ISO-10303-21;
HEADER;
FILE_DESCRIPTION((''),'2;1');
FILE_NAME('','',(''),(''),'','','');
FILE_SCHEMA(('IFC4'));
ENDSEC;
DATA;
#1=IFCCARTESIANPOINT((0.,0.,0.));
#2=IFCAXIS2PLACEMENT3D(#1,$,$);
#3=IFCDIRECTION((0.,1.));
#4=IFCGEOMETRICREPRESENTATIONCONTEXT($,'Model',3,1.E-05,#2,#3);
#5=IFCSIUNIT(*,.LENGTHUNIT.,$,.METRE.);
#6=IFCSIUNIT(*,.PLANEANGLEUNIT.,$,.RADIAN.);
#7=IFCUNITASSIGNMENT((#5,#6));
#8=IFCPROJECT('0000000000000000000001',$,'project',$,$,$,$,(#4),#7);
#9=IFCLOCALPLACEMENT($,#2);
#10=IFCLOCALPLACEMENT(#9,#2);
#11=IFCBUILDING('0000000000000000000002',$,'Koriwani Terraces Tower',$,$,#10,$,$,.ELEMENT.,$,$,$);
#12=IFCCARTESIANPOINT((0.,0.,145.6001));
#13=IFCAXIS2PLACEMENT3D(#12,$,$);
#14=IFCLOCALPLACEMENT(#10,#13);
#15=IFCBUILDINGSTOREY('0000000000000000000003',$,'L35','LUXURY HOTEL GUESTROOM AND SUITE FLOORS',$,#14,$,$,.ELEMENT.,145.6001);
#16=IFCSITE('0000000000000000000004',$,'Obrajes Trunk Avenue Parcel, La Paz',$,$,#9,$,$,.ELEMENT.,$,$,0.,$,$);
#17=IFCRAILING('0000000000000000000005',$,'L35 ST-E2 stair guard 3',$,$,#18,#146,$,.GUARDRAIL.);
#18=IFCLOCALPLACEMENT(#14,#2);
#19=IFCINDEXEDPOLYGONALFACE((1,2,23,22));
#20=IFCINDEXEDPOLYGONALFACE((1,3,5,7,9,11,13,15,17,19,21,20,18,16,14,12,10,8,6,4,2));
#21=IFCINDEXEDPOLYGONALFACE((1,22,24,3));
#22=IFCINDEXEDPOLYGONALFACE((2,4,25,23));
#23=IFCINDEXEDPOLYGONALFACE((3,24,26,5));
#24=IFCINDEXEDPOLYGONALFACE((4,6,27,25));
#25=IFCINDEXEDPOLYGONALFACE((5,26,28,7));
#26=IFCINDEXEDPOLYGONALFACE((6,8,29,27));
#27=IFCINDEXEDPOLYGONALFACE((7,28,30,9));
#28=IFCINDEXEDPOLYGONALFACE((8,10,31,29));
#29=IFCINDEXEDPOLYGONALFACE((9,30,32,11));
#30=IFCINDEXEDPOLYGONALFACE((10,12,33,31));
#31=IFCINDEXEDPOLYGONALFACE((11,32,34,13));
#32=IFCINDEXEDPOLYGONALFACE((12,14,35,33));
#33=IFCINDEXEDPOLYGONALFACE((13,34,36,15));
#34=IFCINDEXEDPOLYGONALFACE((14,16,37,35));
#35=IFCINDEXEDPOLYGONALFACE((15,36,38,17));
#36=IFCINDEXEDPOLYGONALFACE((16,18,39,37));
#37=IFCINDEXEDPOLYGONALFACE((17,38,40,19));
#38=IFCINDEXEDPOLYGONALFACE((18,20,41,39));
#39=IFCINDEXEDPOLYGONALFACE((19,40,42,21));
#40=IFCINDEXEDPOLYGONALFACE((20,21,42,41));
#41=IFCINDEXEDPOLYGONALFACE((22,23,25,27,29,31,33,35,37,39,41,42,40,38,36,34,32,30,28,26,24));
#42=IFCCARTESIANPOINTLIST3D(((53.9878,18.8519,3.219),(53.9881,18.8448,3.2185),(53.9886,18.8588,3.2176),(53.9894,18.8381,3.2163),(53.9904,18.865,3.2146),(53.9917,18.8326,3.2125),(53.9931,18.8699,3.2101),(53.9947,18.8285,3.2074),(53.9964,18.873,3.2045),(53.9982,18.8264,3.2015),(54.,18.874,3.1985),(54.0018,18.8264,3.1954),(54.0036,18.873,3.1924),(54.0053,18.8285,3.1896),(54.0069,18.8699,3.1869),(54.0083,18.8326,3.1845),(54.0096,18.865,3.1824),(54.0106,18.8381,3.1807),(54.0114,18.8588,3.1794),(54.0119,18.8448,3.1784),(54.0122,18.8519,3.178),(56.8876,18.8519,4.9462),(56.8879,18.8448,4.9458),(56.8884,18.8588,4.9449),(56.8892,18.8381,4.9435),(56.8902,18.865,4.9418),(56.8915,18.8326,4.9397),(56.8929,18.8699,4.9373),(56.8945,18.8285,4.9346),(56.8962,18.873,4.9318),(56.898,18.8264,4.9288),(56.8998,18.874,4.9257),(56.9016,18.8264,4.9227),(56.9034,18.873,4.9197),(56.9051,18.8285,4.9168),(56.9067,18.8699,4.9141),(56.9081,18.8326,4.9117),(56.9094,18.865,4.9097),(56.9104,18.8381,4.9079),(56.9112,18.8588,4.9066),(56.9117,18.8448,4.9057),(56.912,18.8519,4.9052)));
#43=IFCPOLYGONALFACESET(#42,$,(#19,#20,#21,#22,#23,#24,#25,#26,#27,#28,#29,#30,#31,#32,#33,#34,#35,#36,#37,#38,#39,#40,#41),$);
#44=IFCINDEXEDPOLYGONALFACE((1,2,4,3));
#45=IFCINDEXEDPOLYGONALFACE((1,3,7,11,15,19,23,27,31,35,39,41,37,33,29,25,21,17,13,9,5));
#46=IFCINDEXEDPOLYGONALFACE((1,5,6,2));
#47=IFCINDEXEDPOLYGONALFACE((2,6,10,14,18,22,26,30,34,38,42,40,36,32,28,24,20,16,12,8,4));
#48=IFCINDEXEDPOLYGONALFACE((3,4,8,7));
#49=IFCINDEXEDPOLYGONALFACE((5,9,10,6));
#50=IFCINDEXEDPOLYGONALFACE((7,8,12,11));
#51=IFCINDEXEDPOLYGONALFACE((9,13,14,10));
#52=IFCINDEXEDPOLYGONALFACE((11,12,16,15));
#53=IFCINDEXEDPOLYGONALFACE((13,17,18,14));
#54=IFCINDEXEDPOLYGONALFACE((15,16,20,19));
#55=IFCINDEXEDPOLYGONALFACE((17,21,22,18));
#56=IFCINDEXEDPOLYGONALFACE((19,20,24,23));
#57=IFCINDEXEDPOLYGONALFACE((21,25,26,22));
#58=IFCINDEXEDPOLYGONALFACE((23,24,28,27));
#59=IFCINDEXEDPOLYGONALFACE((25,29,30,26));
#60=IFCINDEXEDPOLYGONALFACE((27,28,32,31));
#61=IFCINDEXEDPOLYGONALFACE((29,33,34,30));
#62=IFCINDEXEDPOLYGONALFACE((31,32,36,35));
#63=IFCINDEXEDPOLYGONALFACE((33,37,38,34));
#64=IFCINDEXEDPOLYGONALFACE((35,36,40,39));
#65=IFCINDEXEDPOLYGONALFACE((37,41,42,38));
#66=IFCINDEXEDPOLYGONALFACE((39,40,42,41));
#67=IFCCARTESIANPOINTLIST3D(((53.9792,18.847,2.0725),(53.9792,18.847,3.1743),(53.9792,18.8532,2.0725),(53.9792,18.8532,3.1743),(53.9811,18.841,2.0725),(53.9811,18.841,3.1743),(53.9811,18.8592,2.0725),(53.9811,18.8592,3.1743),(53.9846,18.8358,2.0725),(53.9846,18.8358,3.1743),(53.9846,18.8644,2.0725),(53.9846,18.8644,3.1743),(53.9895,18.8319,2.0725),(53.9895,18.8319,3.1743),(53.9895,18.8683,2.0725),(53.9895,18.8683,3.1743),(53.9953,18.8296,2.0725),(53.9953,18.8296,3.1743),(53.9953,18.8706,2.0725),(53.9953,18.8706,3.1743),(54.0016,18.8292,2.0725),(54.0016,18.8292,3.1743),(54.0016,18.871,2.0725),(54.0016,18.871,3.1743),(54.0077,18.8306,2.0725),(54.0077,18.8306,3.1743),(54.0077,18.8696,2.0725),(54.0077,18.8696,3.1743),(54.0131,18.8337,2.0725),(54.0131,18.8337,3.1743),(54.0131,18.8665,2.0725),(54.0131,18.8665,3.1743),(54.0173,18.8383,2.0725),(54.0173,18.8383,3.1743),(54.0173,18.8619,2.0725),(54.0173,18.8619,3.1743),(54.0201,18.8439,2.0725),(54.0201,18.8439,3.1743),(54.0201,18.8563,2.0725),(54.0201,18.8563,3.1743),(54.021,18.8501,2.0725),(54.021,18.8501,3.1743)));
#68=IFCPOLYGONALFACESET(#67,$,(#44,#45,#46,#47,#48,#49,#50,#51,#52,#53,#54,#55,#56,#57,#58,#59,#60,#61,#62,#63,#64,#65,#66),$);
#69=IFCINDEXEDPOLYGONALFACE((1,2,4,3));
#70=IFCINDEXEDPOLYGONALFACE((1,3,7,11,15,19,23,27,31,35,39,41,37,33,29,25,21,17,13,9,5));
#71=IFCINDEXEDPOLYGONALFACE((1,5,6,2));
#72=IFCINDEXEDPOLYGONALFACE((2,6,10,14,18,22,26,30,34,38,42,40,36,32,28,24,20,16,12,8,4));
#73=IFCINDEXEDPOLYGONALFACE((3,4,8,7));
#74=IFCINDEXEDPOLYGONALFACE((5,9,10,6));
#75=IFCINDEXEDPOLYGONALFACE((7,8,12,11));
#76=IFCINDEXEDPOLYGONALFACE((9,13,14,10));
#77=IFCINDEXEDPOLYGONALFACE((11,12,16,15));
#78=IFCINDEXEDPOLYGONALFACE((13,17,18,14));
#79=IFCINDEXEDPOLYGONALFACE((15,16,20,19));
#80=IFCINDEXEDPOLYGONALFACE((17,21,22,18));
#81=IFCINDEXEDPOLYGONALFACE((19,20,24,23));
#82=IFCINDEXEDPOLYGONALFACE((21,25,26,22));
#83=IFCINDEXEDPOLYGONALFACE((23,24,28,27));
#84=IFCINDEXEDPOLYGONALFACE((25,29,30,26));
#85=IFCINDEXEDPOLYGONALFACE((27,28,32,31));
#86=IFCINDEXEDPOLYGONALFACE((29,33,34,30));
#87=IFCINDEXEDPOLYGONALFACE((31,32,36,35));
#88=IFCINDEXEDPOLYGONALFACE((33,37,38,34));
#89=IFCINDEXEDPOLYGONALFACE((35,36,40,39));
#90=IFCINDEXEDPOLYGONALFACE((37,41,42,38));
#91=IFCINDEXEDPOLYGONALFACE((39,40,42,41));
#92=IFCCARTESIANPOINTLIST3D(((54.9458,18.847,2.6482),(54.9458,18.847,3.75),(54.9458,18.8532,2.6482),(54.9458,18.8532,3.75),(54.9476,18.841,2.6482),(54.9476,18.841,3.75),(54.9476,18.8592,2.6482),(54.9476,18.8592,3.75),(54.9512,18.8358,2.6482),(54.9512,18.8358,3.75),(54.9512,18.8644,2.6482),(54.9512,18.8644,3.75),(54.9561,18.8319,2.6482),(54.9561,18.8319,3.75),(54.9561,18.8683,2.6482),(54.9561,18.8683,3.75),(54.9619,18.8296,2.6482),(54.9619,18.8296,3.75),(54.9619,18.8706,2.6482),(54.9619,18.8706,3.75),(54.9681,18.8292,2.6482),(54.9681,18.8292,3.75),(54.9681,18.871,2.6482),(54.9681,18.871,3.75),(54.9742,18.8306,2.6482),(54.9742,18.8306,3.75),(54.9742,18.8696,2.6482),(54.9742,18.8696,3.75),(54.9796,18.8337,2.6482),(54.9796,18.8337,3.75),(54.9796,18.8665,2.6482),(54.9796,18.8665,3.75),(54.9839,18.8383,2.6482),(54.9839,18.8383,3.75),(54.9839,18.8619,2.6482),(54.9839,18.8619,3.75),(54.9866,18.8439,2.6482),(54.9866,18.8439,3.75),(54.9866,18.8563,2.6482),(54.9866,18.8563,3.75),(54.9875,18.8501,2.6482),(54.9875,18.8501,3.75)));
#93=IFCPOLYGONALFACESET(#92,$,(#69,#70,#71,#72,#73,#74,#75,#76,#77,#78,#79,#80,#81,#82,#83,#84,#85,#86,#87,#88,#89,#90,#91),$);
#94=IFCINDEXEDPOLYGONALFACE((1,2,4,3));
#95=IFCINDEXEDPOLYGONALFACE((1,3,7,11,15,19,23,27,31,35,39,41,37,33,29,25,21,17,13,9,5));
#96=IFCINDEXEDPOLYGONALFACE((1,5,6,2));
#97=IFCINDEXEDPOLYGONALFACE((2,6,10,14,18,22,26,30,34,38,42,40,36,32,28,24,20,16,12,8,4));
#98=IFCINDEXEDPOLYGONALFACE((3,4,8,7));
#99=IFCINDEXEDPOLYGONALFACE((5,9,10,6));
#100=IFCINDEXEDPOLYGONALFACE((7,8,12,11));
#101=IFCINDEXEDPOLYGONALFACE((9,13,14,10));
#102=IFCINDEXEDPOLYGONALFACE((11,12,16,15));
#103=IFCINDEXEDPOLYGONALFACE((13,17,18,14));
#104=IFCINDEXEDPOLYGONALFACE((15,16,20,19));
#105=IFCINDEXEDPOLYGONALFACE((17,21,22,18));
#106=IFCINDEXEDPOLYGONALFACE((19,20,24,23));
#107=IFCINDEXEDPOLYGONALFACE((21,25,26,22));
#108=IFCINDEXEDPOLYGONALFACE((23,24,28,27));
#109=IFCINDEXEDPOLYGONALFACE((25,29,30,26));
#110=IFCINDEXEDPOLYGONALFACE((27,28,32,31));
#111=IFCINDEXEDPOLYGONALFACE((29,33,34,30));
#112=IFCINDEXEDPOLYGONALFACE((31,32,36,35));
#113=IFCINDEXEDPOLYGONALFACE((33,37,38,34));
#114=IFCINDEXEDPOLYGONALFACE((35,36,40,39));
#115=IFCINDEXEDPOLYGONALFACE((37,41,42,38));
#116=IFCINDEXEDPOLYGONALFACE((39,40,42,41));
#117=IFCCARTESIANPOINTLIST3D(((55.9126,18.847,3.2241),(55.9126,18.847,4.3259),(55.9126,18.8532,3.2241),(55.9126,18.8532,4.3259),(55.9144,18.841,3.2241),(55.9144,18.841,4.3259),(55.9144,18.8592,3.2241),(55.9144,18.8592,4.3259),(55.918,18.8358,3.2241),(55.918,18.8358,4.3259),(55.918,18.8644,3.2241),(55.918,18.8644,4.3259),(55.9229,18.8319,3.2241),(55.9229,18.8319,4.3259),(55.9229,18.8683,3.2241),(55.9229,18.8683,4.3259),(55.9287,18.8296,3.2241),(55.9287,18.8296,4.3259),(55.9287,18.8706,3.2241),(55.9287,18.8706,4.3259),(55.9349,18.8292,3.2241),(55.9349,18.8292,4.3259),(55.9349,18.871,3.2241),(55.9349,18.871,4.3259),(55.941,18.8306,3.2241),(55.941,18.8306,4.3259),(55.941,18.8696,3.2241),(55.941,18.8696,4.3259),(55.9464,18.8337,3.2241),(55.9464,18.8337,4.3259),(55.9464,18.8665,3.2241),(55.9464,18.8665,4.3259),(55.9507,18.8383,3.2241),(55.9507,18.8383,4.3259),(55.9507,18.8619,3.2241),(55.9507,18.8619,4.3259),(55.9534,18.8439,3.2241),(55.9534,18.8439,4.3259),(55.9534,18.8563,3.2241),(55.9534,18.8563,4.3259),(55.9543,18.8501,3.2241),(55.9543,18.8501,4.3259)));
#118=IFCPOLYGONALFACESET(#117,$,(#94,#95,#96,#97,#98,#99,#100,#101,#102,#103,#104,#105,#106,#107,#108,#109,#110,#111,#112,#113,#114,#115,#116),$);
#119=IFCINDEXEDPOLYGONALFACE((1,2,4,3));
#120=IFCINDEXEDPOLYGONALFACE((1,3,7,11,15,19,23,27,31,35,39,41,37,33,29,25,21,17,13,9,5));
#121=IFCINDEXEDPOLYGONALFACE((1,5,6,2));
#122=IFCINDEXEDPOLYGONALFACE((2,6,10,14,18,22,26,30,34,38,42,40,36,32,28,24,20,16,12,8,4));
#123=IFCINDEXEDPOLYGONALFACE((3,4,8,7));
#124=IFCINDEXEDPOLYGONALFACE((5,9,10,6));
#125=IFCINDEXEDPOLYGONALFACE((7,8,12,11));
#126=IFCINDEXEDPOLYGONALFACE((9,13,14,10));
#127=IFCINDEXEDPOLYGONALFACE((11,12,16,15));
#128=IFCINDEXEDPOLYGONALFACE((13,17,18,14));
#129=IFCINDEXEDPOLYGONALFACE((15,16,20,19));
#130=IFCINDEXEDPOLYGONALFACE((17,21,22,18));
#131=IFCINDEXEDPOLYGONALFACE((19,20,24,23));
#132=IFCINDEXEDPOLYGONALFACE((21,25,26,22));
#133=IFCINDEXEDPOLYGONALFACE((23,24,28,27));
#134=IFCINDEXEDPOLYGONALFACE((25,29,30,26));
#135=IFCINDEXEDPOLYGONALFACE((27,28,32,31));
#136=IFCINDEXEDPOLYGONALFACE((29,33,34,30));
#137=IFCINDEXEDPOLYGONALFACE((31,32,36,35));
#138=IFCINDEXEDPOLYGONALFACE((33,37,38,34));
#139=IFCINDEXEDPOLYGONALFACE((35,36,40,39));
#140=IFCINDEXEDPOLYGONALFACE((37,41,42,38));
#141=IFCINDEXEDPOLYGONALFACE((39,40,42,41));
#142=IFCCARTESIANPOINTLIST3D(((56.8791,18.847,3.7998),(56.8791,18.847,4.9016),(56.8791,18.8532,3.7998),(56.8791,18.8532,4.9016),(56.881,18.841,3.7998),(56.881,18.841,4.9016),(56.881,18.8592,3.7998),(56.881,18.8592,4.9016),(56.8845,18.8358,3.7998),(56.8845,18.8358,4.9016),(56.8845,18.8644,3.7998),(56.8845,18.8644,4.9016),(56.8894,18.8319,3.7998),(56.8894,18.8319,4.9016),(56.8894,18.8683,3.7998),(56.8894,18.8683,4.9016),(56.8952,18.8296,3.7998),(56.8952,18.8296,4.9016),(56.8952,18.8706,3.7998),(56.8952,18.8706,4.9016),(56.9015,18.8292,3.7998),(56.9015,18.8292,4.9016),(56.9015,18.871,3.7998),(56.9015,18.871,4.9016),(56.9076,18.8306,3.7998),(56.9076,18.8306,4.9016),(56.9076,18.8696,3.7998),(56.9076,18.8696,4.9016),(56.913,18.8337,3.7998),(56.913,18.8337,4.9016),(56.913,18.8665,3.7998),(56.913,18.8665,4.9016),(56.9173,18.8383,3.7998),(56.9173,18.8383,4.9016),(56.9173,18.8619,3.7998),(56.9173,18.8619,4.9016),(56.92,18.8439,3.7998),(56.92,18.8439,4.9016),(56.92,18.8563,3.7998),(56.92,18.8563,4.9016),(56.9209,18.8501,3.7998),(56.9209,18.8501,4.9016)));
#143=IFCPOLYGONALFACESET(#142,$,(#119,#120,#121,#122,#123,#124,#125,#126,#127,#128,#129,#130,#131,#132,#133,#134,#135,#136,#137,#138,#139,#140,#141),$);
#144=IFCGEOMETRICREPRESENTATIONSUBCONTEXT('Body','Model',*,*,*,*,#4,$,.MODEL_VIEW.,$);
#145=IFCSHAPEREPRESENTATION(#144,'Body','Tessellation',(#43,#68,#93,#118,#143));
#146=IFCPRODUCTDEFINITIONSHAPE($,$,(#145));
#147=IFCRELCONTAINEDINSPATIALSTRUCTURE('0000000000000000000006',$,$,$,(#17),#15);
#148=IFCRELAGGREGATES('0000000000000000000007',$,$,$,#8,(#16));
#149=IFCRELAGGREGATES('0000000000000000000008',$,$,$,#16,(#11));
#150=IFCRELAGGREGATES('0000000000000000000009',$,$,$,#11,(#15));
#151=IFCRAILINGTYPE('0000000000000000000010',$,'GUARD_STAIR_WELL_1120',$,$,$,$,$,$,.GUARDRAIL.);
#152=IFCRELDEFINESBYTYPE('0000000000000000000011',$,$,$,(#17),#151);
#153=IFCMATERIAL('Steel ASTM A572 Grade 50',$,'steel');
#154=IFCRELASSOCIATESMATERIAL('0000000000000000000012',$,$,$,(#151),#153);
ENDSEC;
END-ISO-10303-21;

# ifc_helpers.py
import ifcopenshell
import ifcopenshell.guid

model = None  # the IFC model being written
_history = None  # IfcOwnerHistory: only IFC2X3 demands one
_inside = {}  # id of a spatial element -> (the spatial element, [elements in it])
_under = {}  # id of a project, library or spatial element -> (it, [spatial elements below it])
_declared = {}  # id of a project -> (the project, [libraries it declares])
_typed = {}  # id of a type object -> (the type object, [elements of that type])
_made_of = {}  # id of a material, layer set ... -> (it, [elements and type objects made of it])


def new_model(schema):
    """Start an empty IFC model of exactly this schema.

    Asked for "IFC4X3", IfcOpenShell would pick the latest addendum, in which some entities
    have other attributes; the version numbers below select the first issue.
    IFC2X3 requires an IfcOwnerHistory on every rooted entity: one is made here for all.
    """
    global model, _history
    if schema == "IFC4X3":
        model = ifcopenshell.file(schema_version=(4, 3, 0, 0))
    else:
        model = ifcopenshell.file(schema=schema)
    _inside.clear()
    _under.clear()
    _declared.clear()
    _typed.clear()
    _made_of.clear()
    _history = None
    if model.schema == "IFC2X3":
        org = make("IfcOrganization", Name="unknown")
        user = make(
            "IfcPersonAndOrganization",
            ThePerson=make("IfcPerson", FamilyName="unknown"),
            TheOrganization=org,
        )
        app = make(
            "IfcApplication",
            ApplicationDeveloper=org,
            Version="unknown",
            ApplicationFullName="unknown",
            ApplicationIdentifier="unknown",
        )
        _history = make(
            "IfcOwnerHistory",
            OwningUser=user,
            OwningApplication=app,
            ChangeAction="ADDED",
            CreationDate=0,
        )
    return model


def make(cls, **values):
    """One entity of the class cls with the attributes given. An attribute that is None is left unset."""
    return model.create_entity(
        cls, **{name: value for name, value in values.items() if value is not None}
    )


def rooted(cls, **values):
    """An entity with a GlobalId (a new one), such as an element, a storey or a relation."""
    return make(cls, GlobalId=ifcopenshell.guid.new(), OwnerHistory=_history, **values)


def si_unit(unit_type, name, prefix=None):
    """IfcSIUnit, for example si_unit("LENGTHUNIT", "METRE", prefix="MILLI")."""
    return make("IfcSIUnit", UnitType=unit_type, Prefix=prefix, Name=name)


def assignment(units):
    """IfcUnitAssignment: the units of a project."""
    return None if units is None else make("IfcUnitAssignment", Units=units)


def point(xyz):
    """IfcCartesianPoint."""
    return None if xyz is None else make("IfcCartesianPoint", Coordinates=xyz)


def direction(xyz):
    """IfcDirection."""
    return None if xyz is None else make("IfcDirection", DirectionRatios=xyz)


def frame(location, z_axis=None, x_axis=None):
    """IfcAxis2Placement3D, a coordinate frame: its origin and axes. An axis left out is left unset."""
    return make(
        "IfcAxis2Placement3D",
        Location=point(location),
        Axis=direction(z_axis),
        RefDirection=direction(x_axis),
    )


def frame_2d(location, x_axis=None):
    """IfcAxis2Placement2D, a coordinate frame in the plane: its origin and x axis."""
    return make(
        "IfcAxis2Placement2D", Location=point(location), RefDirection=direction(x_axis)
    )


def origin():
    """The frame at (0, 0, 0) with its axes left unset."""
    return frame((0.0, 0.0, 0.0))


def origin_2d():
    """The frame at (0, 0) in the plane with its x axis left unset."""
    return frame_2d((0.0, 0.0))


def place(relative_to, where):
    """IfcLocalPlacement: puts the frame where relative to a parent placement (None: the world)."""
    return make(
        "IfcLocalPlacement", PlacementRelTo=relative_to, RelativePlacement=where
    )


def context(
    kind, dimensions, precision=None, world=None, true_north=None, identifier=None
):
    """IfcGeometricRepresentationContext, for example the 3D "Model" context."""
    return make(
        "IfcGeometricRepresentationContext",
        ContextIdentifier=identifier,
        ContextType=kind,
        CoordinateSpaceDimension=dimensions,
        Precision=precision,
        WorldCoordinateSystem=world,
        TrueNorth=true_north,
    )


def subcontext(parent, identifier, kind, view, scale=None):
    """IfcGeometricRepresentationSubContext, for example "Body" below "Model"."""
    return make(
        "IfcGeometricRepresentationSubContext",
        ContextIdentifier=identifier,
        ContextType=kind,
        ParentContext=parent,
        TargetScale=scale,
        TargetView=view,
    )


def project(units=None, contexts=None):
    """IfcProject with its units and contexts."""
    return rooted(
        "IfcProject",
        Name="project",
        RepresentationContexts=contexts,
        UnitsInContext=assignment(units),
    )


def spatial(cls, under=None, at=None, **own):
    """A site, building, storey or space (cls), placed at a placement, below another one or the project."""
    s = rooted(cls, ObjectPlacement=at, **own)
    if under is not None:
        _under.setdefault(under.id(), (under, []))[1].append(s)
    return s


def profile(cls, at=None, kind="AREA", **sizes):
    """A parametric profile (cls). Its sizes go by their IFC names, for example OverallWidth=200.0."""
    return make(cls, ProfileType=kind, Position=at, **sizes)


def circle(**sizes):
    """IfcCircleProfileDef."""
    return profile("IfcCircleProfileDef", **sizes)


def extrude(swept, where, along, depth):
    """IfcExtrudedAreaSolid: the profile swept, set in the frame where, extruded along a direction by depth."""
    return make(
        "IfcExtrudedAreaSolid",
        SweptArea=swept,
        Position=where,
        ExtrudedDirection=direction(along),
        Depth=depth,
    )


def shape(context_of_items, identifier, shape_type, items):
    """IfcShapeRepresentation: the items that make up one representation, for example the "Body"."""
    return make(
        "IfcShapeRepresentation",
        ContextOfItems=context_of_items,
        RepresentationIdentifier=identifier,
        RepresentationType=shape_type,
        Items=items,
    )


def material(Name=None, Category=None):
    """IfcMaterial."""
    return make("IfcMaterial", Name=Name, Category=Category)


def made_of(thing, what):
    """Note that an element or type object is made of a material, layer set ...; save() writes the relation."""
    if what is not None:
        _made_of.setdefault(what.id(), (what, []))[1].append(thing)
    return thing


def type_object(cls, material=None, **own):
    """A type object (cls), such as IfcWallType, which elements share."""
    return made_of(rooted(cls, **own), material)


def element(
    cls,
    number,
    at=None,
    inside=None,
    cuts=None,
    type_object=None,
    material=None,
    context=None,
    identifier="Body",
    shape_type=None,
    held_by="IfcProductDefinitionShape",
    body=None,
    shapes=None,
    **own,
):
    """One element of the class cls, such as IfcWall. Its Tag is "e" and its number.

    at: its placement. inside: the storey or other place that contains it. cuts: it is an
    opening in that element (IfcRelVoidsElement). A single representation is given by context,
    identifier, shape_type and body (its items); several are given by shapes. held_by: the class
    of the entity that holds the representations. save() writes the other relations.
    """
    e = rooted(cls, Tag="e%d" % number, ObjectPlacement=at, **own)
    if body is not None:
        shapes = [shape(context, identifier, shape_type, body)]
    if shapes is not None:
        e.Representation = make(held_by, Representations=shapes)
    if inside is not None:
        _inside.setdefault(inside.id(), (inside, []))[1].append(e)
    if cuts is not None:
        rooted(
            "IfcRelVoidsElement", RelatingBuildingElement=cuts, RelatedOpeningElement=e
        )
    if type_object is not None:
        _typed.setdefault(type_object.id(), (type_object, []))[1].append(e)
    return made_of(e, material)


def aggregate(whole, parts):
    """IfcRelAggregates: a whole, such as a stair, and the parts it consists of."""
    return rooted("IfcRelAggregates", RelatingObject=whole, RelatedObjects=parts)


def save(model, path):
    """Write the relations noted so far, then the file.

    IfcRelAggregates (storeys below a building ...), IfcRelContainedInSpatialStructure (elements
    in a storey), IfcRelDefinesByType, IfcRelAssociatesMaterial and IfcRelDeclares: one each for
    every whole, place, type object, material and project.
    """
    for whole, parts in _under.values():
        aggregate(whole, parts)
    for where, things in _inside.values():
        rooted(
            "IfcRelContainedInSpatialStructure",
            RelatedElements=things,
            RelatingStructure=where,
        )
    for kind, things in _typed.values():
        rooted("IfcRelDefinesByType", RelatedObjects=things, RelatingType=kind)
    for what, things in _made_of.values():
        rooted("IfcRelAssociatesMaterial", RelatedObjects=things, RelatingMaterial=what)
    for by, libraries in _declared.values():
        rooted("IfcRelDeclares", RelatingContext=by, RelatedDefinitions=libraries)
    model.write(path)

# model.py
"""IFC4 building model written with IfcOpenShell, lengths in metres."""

from ifc_helpers import new_model, si_unit, direction, frame, origin, origin_2d, place, context, subcontext, project, spatial, circle, extrude, material, type_object, element, save


model = new_model("IFC4")

# Units and contexts
model_context = context("Model", 3, precision=1e-05, world=origin(), true_north=direction((0.0, 1.0)))
body_context = subcontext(model_context, "Body", "Model", "MODEL_VIEW")
ifc_project = project(units=[si_unit("LENGTHUNIT", "METRE"), si_unit("PLANEANGLEUNIT", "RADIAN")], contexts=[model_context])

# Site, building, storey
site_placement = place(None, origin())
site = spatial("IfcSite", under=ifc_project, at=site_placement, Name="Obrajes Trunk Avenue Parcel, La Paz", CompositionType="ELEMENT", RefElevation=0.0)
building_placement = place(site_placement, origin())
building = spatial("IfcBuilding", under=site, at=building_placement, Name="Koriwani Terraces Tower", CompositionType="ELEMENT")
storey_placement = place(building_placement, frame((0.0, 0.0, 145.6001)))
storey = spatial("IfcBuildingStorey", under=building, at=storey_placement, Name="L35", Description="LUXURY HOTEL GUESTROOM AND SUITE FLOORS", CompositionType="ELEMENT", Elevation=145.6001)

# Shared definitions
ifc_material_1 = material(Name="Steel ASTM A572 Grade 50", Category="steel")

# Railing
railing_type_1 = type_object("IfcRailingType", Name="GUARD_STAIR_WELL_1120", PredefinedType="GUARDRAIL", material=ifc_material_1)
railing_1_placement = place(storey_placement, frame((54.0, 18.8501, 2.0725)))
element("IfcRailing", 1, at=railing_1_placement, inside=storey, type_object=railing_type_1, Name="L35 ST-E2 stair guard 3", PredefinedType="GUARDRAIL", context=body_context, shape_type="SweptSolid", body=[
    extrude(circle(Radius=0.0239, at=origin_2d()), frame((0.0, 0.0, 1.126), z_axis=(0.859141, 0.0, 0.511738), x_axis=(0.0, 1.0, 0.0)), (0.0, 0.0, 1.0), 3.3752),
    extrude(circle(Radius=0.021, at=origin_2d()), origin(), (0.0, 0.0, 1.0), 1.1018),
    extrude(circle(Radius=0.021, at=origin_2d()), frame((0.9666, 0.0, 0.5757)), (0.0, 0.0, 1.0), 1.1018),
    extrude(circle(Radius=0.021, at=origin_2d()), frame((1.9333, 0.0, 1.1516)), (0.0, 0.0, 1.0), 1.1018),
    extrude(circle(Radius=0.021, at=origin_2d()), frame((2.8999, 0.0, 1.7273)), (0.0, 0.0, 1.0), 1.1018),
])

save(model, "model.ifc")
